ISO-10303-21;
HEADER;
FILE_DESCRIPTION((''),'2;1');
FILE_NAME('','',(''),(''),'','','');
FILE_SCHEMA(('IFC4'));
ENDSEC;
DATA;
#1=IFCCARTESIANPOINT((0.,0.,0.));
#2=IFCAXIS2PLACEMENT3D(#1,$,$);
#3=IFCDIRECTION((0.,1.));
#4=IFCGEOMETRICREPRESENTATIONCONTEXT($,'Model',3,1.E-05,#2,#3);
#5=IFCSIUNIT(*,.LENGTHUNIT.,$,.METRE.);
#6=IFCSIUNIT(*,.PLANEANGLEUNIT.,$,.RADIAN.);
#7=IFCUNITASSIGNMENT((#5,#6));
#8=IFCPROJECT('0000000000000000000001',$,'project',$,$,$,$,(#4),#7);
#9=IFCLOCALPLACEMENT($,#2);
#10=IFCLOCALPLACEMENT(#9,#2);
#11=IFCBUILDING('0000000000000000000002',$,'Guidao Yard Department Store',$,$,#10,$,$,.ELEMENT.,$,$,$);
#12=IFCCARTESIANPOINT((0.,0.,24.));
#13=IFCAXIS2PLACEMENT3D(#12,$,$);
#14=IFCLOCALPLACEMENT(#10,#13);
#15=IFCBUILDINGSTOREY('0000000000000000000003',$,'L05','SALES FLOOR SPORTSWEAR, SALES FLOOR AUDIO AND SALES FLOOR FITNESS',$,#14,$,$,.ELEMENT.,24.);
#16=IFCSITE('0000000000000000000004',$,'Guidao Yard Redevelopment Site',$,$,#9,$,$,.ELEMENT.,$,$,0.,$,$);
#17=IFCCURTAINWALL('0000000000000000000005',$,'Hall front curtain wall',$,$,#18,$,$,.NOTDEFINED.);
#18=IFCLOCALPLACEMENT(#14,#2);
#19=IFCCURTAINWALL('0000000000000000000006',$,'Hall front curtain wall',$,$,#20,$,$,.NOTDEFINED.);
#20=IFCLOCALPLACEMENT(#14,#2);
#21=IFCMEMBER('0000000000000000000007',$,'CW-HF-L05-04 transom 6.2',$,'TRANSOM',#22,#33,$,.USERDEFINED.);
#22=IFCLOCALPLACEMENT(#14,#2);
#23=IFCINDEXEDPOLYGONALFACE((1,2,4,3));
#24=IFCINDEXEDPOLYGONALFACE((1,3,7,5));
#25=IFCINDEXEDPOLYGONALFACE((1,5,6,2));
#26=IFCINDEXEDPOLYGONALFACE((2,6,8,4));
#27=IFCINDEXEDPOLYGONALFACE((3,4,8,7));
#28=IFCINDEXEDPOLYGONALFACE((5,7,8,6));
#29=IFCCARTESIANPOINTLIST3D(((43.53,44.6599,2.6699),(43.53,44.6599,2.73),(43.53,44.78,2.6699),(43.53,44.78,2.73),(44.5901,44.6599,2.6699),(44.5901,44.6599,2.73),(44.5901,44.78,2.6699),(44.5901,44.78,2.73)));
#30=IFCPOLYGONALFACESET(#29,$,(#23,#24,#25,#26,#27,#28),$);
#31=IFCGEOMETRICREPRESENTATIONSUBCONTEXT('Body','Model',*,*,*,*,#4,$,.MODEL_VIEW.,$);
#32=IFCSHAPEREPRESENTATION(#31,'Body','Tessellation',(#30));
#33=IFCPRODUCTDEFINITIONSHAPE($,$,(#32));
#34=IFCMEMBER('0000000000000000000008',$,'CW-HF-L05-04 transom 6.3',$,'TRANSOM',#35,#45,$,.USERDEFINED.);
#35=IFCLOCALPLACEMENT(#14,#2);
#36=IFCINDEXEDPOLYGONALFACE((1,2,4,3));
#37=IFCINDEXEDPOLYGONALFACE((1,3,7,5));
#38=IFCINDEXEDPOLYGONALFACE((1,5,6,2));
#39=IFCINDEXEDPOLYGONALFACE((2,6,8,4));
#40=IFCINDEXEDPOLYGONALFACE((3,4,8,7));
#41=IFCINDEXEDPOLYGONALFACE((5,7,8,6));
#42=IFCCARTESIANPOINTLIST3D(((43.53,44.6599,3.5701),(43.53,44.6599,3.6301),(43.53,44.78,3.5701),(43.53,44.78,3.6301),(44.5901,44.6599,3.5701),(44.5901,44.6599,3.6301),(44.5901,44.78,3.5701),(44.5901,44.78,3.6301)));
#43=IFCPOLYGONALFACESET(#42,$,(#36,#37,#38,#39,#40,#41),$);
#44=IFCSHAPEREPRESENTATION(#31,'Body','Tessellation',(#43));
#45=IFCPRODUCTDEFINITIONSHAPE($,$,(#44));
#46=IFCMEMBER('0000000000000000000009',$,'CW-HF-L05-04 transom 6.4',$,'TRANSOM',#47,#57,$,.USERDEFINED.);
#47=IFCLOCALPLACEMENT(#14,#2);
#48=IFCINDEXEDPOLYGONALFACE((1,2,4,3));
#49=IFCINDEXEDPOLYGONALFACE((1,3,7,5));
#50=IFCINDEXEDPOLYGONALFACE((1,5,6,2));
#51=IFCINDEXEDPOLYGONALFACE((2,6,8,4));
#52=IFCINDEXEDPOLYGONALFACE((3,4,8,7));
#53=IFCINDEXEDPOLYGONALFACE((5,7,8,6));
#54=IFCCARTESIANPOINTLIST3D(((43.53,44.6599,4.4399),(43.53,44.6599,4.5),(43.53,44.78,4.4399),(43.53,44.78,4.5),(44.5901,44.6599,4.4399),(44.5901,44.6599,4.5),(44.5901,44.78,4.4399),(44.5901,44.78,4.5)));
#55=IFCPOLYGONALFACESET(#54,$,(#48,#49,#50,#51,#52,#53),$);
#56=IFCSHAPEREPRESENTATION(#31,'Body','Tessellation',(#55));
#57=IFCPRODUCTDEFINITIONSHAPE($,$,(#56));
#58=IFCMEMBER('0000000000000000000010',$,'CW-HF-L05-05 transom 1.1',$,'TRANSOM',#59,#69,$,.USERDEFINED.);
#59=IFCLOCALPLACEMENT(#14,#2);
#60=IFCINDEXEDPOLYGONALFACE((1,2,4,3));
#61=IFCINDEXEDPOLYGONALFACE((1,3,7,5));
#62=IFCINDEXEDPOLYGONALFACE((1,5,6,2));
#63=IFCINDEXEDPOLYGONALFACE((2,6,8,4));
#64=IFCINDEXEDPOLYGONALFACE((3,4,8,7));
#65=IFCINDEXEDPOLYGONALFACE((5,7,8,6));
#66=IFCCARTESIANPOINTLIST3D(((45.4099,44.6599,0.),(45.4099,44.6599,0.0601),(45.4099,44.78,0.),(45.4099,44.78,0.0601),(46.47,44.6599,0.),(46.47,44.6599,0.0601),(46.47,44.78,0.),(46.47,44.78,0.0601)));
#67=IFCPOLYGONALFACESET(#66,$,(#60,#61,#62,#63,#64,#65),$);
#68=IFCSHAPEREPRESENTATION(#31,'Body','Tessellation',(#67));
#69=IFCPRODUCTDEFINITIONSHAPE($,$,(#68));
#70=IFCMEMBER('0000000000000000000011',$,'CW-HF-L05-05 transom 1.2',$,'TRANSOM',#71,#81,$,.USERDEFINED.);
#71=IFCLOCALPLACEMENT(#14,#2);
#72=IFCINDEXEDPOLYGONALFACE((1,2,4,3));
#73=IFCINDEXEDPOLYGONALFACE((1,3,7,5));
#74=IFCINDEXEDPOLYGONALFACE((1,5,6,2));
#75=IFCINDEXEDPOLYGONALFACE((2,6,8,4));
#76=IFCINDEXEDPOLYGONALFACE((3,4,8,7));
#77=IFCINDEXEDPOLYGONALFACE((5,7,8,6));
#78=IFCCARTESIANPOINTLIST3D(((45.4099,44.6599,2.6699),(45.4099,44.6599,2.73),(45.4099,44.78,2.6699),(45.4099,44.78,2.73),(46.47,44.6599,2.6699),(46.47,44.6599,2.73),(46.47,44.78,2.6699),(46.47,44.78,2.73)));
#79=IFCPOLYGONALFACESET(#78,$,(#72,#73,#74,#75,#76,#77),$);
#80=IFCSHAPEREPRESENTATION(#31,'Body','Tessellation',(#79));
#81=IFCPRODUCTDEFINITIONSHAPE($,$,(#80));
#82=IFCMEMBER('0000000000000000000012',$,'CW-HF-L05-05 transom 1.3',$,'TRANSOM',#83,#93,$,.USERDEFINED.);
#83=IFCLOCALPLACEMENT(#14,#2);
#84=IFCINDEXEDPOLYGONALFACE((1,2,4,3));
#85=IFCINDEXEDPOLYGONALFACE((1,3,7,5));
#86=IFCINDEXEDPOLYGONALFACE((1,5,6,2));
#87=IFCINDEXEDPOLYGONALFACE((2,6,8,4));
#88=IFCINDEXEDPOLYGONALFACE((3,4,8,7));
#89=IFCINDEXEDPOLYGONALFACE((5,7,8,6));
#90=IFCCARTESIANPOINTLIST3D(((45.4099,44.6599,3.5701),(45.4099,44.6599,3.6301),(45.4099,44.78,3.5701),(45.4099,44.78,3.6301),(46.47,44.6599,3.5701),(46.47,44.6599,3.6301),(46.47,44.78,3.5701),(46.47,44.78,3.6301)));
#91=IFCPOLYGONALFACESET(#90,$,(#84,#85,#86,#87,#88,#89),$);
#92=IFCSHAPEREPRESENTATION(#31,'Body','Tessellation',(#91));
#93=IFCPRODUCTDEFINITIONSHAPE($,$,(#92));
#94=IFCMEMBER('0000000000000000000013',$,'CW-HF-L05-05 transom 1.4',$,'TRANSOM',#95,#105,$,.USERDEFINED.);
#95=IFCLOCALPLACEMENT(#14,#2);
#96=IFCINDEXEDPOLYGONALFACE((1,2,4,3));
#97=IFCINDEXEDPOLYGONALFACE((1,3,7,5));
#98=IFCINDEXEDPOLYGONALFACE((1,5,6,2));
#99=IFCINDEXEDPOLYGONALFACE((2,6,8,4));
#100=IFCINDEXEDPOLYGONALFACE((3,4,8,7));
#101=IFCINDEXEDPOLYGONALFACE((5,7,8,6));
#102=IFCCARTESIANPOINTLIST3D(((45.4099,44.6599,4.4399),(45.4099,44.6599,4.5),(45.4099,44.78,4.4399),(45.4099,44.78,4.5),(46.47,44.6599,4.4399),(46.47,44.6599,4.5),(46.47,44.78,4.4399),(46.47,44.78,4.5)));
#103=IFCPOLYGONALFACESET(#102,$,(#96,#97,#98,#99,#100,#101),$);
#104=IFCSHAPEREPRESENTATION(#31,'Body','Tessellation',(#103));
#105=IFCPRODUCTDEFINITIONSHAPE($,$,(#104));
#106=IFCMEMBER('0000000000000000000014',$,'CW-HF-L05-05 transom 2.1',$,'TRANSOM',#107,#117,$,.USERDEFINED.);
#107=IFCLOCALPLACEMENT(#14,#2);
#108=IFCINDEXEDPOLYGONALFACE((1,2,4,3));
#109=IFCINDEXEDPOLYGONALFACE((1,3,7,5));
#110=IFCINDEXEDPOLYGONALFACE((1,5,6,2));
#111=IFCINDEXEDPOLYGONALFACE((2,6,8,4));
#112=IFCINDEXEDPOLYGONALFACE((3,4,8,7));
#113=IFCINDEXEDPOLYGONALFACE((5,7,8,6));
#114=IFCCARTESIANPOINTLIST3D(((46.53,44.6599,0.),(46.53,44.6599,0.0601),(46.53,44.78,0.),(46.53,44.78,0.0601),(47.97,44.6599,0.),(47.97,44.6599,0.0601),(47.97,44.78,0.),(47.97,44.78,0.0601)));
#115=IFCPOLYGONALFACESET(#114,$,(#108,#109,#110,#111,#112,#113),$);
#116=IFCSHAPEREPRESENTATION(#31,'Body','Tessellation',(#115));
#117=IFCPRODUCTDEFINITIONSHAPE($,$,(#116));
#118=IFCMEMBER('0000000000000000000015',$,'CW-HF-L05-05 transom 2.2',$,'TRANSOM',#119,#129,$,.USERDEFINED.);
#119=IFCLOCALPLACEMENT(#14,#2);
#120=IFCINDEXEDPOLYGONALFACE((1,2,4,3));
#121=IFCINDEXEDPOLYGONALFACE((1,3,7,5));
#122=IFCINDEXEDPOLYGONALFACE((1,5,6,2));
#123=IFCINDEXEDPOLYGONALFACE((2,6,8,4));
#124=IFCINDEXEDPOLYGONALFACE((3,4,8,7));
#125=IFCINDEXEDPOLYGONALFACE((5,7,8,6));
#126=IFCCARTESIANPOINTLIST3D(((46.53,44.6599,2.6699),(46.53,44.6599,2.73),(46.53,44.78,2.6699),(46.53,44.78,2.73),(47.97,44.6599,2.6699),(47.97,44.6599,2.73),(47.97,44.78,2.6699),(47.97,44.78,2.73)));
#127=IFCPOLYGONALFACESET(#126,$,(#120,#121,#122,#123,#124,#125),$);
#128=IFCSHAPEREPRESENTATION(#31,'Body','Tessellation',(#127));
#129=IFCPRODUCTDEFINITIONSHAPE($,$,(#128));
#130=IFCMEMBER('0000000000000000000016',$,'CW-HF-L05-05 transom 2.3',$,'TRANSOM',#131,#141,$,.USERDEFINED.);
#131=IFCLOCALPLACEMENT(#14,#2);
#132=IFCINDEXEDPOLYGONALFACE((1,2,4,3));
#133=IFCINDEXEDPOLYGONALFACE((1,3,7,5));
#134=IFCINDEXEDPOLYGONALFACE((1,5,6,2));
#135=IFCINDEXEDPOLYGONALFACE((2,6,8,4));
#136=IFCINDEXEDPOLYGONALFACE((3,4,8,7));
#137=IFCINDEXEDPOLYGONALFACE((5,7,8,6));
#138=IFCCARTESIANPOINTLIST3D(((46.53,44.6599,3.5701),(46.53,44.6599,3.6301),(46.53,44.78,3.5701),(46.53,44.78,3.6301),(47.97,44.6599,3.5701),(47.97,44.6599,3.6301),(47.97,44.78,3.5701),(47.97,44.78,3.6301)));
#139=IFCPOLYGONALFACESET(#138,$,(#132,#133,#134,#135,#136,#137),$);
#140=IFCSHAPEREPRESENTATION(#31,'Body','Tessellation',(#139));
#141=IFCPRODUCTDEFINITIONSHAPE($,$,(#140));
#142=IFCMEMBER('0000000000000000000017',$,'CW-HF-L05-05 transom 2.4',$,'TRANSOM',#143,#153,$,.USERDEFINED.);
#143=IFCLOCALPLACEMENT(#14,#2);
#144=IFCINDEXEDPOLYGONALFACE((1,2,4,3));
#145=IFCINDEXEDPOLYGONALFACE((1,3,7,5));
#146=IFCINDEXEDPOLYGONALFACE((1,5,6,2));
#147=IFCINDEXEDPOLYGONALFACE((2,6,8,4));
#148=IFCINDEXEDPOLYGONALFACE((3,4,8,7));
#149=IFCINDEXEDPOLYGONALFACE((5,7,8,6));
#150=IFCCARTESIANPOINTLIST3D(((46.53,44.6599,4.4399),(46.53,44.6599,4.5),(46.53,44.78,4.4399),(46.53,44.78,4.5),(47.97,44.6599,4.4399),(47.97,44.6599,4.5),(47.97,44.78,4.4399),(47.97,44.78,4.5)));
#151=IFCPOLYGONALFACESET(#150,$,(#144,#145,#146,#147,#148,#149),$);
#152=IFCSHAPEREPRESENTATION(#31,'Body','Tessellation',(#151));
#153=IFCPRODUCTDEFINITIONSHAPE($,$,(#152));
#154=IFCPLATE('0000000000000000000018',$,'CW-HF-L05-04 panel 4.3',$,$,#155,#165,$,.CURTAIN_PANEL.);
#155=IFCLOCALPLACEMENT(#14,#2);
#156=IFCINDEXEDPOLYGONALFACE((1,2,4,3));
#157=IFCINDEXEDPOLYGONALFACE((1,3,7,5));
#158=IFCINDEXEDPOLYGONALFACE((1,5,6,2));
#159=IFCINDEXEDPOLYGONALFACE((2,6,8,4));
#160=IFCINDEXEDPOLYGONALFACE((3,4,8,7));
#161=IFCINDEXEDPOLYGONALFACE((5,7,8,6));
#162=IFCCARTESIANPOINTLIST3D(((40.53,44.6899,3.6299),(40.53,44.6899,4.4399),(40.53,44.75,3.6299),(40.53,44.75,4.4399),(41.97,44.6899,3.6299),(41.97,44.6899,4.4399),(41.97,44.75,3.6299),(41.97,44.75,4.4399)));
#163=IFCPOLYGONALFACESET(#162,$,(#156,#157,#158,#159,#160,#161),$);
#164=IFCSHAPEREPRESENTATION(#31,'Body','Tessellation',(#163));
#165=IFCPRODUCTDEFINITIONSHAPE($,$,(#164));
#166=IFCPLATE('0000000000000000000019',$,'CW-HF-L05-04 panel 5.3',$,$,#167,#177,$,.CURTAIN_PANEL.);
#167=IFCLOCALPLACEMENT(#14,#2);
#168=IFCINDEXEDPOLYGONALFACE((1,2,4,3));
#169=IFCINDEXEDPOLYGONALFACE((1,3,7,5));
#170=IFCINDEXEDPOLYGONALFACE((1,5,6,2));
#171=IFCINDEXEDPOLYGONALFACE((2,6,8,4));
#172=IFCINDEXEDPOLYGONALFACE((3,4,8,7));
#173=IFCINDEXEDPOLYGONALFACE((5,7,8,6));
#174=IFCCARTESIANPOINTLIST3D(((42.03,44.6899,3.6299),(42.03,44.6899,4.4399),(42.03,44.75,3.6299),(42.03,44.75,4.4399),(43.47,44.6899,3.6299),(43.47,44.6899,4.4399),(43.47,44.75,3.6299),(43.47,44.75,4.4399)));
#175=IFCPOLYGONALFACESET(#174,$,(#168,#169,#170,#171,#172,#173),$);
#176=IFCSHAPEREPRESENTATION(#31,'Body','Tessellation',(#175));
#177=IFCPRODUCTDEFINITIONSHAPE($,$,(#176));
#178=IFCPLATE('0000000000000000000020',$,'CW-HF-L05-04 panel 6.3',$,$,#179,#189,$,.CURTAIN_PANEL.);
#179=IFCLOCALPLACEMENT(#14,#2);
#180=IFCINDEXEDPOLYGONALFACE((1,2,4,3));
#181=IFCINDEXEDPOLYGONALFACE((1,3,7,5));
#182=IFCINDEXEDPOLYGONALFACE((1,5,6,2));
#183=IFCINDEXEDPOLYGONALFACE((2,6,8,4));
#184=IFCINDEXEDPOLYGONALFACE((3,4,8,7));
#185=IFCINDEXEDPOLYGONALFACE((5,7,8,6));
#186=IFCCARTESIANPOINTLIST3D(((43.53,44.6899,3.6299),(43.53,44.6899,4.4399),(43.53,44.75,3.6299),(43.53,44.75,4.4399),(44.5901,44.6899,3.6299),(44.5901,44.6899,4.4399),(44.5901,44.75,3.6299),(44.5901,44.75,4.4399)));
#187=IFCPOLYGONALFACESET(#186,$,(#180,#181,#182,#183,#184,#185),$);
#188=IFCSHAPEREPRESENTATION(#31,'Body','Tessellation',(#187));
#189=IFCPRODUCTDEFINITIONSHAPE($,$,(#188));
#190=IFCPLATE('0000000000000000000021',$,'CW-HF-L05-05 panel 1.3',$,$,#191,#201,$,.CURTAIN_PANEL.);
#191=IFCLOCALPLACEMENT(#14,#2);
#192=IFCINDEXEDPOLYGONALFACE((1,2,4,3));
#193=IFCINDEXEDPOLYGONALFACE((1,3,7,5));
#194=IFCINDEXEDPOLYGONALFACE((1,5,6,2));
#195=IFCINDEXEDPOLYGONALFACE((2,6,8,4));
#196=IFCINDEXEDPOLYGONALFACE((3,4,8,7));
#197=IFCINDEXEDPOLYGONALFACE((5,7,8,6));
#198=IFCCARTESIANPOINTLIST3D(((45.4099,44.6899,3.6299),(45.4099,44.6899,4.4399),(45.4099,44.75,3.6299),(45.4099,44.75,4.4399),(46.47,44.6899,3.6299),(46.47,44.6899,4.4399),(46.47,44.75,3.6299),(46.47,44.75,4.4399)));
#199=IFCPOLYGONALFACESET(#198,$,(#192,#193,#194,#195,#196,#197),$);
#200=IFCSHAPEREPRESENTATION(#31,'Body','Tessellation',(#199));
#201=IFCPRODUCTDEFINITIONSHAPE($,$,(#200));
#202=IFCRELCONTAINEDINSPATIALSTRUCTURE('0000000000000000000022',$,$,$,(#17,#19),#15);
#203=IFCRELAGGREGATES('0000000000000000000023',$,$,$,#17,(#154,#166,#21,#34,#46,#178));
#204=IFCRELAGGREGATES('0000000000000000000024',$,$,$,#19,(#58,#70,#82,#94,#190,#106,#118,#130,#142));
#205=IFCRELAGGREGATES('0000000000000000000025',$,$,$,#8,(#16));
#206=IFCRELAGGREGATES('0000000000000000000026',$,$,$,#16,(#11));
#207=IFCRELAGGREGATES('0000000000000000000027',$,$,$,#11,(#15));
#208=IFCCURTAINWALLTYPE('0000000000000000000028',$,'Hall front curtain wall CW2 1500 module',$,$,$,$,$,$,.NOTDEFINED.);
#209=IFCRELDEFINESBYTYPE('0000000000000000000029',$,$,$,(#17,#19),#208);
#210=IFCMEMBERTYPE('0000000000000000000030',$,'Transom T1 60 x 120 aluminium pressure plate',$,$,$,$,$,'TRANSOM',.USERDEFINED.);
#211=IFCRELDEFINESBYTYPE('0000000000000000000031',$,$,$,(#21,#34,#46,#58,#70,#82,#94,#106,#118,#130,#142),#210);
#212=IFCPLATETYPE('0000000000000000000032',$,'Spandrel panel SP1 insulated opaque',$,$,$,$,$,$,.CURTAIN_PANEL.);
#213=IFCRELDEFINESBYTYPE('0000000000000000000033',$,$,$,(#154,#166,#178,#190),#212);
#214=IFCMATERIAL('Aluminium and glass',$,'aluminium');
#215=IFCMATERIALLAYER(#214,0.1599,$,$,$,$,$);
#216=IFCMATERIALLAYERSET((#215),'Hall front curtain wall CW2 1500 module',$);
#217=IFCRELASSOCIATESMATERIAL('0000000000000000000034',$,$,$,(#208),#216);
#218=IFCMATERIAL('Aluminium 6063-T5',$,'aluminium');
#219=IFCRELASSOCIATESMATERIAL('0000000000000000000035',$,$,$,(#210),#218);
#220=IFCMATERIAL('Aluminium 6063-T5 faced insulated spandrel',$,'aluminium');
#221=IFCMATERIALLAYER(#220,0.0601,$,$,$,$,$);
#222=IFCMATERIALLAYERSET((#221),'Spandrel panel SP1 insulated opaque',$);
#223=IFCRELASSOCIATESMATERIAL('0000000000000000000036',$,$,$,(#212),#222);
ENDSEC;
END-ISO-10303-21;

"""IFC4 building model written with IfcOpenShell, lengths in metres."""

from ifc_helpers import new_model, si_unit, direction, frame, origin, origin_2d, place, context, subcontext, project, spatial, rectangle, extrude, material, layer, layer_set, material_profile, profile_set, type_object, element, aggregate, save


model = new_model("IFC4")

# Units and contexts
model_context = context("Model", 3, precision=1e-05, world=origin(), true_north=direction((0.0, 1.0)))
body_context = subcontext(model_context, "Body", "Model", "MODEL_VIEW")
ifc_project = project(units=[si_unit("LENGTHUNIT", "METRE"), si_unit("PLANEANGLEUNIT", "RADIAN")], contexts=[model_context])

# Site, building, storey
site_placement = place(None, origin())
site = spatial("IfcSite", under=ifc_project, at=site_placement, Name="Guidao Yard Redevelopment Site", CompositionType="ELEMENT", RefElevation=0.0)
building_placement = place(site_placement, origin())
building = spatial("IfcBuilding", under=site, at=building_placement, Name="Guidao Yard Department Store", CompositionType="ELEMENT")
storey_placement = place(building_placement, frame((0.0, 0.0, 24.0)))
storey = spatial("IfcBuildingStorey", under=building, at=storey_placement, Name="L05", Description="SALES FLOOR SPORTSWEAR, SALES FLOOR AUDIO AND SALES FLOOR FITNESS", CompositionType="ELEMENT", Elevation=24.0)

# Curtain walls
ifc_material_1 = material(Name="Aluminium and glass", Category="aluminium")
ifc_layer_1 = layer(ifc_material_1, 0.1599)
ifc_layer_set_1 = layer_set([ifc_layer_1], Name="Hall front curtain wall CW2 1500 module")
curtain_wall_type = type_object("IfcCurtainWallType", Name="Hall front curtain wall CW2 1500 module", PredefinedType="NOTDEFINED", material=ifc_layer_set_1)
curtain_wall_1_placement = place(storey_placement, origin())
curtain_wall_1 = element("IfcCurtainWall", 1, at=curtain_wall_1_placement, inside=storey, type_object=curtain_wall_type, Name="Hall front curtain wall", PredefinedType="NOTDEFINED")
curtain_wall_2_placement = place(storey_placement, origin())
curtain_wall_2 = element("IfcCurtainWall", 2, at=curtain_wall_2_placement, inside=storey, type_object=curtain_wall_type, Name="Hall front curtain wall", PredefinedType="NOTDEFINED")

# Members
ifc_material_2 = material(Name="Aluminium 6063-T5", Category="aluminium")
ifc_material_profile_1 = material_profile(ifc_material_2, rectangle(XDim=0.1201, YDim=0.0601, at=origin_2d()), Name="Transom T1 60 x 120 aluminium pressure plate")
ifc_profile_set_1 = profile_set([ifc_material_profile_1], Name="Aluminium 6063-T5")
member_type_1 = type_object("IfcMemberType", Name="Transom T1 60 x 120 aluminium pressure plate", ElementType="TRANSOM", PredefinedType="USERDEFINED", material=ifc_profile_set_1)
member_1_placement = place(storey_placement, frame((44.5901, 44.72, 2.7), z_axis=(-1.0, 0.0, 0.0), x_axis=(0.0, -1.0, 0.0)))
member_1 = element("IfcMember", 3, at=member_1_placement, type_object=member_type_1, Name="CW-HF-L05-04 transom 6.2", ObjectType="TRANSOM", PredefinedType="USERDEFINED", context=body_context, shape_type="SweptSolid", body=[
    extrude(rectangle(XDim=0.1201, YDim=0.0601, at=origin_2d()), origin(), (0.0, 0.0, 1.0), 1.0601),
])
member_2_placement = place(storey_placement, frame((44.5901, 44.72, 3.6001), z_axis=(-1.0, 0.0, 0.0), x_axis=(0.0, -1.0, 0.0)))
member_2 = element("IfcMember", 4, at=member_2_placement, type_object=member_type_1, Name="CW-HF-L05-04 transom 6.3", ObjectType="TRANSOM", PredefinedType="USERDEFINED", context=body_context, shape_type="SweptSolid", body=[
    extrude(rectangle(XDim=0.1201, YDim=0.0601, at=origin_2d()), origin(), (0.0, 0.0, 1.0), 1.0601),
])
member_3_placement = place(storey_placement, frame((44.5901, 44.72, 4.47), z_axis=(-1.0, 0.0, 0.0), x_axis=(0.0, -1.0, 0.0)))
member_3 = element("IfcMember", 5, at=member_3_placement, type_object=member_type_1, Name="CW-HF-L05-04 transom 6.4", ObjectType="TRANSOM", PredefinedType="USERDEFINED", context=body_context, shape_type="SweptSolid", body=[
    extrude(rectangle(XDim=0.1201, YDim=0.0601, at=origin_2d()), origin(), (0.0, 0.0, 1.0), 1.0601),
])
member_4_placement = place(storey_placement, frame((46.47, 44.72, 0.03), z_axis=(-1.0, 0.0, 0.0), x_axis=(0.0, -1.0, 0.0)))
member_4 = element("IfcMember", 6, at=member_4_placement, type_object=member_type_1, Name="CW-HF-L05-05 transom 1.1", ObjectType="TRANSOM", PredefinedType="USERDEFINED", context=body_context, shape_type="SweptSolid", body=[
    extrude(rectangle(XDim=0.1201, YDim=0.0601, at=origin_2d()), origin(), (0.0, 0.0, 1.0), 1.0601),
])
member_5_placement = place(storey_placement, frame((46.47, 44.72, 2.7), z_axis=(-1.0, 0.0, 0.0), x_axis=(0.0, -1.0, 0.0)))
member_5 = element("IfcMember", 7, at=member_5_placement, type_object=member_type_1, Name="CW-HF-L05-05 transom 1.2", ObjectType="TRANSOM", PredefinedType="USERDEFINED", context=body_context, shape_type="SweptSolid", body=[
    extrude(rectangle(XDim=0.1201, YDim=0.0601, at=origin_2d()), origin(), (0.0, 0.0, 1.0), 1.0601),
])
member_6_placement = place(storey_placement, frame((46.47, 44.72, 3.6001), z_axis=(-1.0, 0.0, 0.0), x_axis=(0.0, -1.0, 0.0)))
member_6 = element("IfcMember", 8, at=member_6_placement, type_object=member_type_1, Name="CW-HF-L05-05 transom 1.3", ObjectType="TRANSOM", PredefinedType="USERDEFINED", context=body_context, shape_type="SweptSolid", body=[
    extrude(rectangle(XDim=0.1201, YDim=0.0601, at=origin_2d()), origin(), (0.0, 0.0, 1.0), 1.0601),
])
member_7_placement = place(storey_placement, frame((46.47, 44.72, 4.47), z_axis=(-1.0, 0.0, 0.0), x_axis=(0.0, -1.0, 0.0)))
member_7 = element("IfcMember", 9, at=member_7_placement, type_object=member_type_1, Name="CW-HF-L05-05 transom 1.4", ObjectType="TRANSOM", PredefinedType="USERDEFINED", context=body_context, shape_type="SweptSolid", body=[
    extrude(rectangle(XDim=0.1201, YDim=0.0601, at=origin_2d()), origin(), (0.0, 0.0, 1.0), 1.0601),
])
member_8_placement = place(storey_placement, frame((47.97, 44.72, 0.03), z_axis=(-1.0, 0.0, 0.0), x_axis=(0.0, -1.0, 0.0)))
member_8 = element("IfcMember", 10, at=member_8_placement, type_object=member_type_1, Name="CW-HF-L05-05 transom 2.1", ObjectType="TRANSOM", PredefinedType="USERDEFINED", context=body_context, shape_type="SweptSolid", body=[
    extrude(rectangle(XDim=0.1201, YDim=0.0601, at=origin_2d()), origin(), (0.0, 0.0, 1.0), 1.4399),
])
member_9_placement = place(storey_placement, frame((47.97, 44.72, 2.7), z_axis=(-1.0, 0.0, 0.0), x_axis=(0.0, -1.0, 0.0)))
member_9 = element("IfcMember", 11, at=member_9_placement, type_object=member_type_1, Name="CW-HF-L05-05 transom 2.2", ObjectType="TRANSOM", PredefinedType="USERDEFINED", context=body_context, shape_type="SweptSolid", body=[
    extrude(rectangle(XDim=0.1201, YDim=0.0601, at=origin_2d()), origin(), (0.0, 0.0, 1.0), 1.4399),
])
member_10_placement = place(storey_placement, frame((47.97, 44.72, 3.6001), z_axis=(-1.0, 0.0, 0.0), x_axis=(0.0, -1.0, 0.0)))
member_10 = element("IfcMember", 12, at=member_10_placement, type_object=member_type_1, Name="CW-HF-L05-05 transom 2.3", ObjectType="TRANSOM", PredefinedType="USERDEFINED", context=body_context, shape_type="SweptSolid", body=[
    extrude(rectangle(XDim=0.1201, YDim=0.0601, at=origin_2d()), origin(), (0.0, 0.0, 1.0), 1.4399),
])
member_11_placement = place(storey_placement, frame((47.97, 44.72, 4.47), z_axis=(-1.0, 0.0, 0.0), x_axis=(0.0, -1.0, 0.0)))
member_11 = element("IfcMember", 13, at=member_11_placement, type_object=member_type_1, Name="CW-HF-L05-05 transom 2.4", ObjectType="TRANSOM", PredefinedType="USERDEFINED", context=body_context, shape_type="SweptSolid", body=[
    extrude(rectangle(XDim=0.1201, YDim=0.0601, at=origin_2d()), origin(), (0.0, 0.0, 1.0), 1.4399),
])

# Plates
ifc_material_3 = material(Name="Aluminium 6063-T5 faced insulated spandrel", Category="aluminium")
ifc_layer_2 = layer(ifc_material_3, 0.0601)
ifc_layer_set_2 = layer_set([ifc_layer_2], Name="Spandrel panel SP1 insulated opaque")
plate_type_1 = type_object("IfcPlateType", Name="Spandrel panel SP1 insulated opaque", PredefinedType="CURTAIN_PANEL", material=ifc_layer_set_2)
plate_1_placement = place(storey_placement, frame((41.25, 44.72, 3.6299), z_axis=(0.0, 0.0, 1.0), x_axis=(-1.0, 0.0, 0.0)))
plate_1 = element("IfcPlate", 14, at=plate_1_placement, type_object=plate_type_1, Name="CW-HF-L05-04 panel 4.3", PredefinedType="CURTAIN_PANEL", context=body_context, shape_type="SweptSolid", body=[
    extrude(rectangle(XDim=1.4399, YDim=0.0601, at=origin_2d()), origin(), (0.0, 0.0, 1.0), 0.8101),
])
plate_2_placement = place(storey_placement, frame((42.75, 44.72, 3.6299), z_axis=(0.0, 0.0, 1.0), x_axis=(-1.0, 0.0, 0.0)))
plate_2 = element("IfcPlate", 15, at=plate_2_placement, type_object=plate_type_1, Name="CW-HF-L05-04 panel 5.3", PredefinedType="CURTAIN_PANEL", context=body_context, shape_type="SweptSolid", body=[
    extrude(rectangle(XDim=1.4399, YDim=0.0601, at=origin_2d()), origin(), (0.0, 0.0, 1.0), 0.8101),
])
plate_3_placement = place(storey_placement, frame((44.0601, 44.72, 3.6299), z_axis=(0.0, 0.0, 1.0), x_axis=(-1.0, 0.0, 0.0)))
plate_3 = element("IfcPlate", 16, at=plate_3_placement, type_object=plate_type_1, Name="CW-HF-L05-04 panel 6.3", PredefinedType="CURTAIN_PANEL", context=body_context, shape_type="SweptSolid", body=[
    extrude(rectangle(XDim=1.0601, YDim=0.0601, at=origin_2d()), origin(), (0.0, 0.0, 1.0), 0.8101),
])
plate_4_placement = place(storey_placement, frame((45.9399, 44.72, 3.6299), z_axis=(0.0, 0.0, 1.0), x_axis=(-1.0, 0.0, 0.0)))
plate_4 = element("IfcPlate", 17, at=plate_4_placement, type_object=plate_type_1, Name="CW-HF-L05-05 panel 1.3", PredefinedType="CURTAIN_PANEL", context=body_context, shape_type="SweptSolid", body=[
    extrude(rectangle(XDim=1.0601, YDim=0.0601, at=origin_2d()), origin(), (0.0, 0.0, 1.0), 0.8101),
])
aggregate(curtain_wall_1, [plate_1, plate_2, member_1, member_2, member_3, plate_3])
aggregate(curtain_wall_2, [member_4, member_5, member_6, member_7, plate_4, member_8, member_9, member_10, member_11])

save(model, "model.ifc")
